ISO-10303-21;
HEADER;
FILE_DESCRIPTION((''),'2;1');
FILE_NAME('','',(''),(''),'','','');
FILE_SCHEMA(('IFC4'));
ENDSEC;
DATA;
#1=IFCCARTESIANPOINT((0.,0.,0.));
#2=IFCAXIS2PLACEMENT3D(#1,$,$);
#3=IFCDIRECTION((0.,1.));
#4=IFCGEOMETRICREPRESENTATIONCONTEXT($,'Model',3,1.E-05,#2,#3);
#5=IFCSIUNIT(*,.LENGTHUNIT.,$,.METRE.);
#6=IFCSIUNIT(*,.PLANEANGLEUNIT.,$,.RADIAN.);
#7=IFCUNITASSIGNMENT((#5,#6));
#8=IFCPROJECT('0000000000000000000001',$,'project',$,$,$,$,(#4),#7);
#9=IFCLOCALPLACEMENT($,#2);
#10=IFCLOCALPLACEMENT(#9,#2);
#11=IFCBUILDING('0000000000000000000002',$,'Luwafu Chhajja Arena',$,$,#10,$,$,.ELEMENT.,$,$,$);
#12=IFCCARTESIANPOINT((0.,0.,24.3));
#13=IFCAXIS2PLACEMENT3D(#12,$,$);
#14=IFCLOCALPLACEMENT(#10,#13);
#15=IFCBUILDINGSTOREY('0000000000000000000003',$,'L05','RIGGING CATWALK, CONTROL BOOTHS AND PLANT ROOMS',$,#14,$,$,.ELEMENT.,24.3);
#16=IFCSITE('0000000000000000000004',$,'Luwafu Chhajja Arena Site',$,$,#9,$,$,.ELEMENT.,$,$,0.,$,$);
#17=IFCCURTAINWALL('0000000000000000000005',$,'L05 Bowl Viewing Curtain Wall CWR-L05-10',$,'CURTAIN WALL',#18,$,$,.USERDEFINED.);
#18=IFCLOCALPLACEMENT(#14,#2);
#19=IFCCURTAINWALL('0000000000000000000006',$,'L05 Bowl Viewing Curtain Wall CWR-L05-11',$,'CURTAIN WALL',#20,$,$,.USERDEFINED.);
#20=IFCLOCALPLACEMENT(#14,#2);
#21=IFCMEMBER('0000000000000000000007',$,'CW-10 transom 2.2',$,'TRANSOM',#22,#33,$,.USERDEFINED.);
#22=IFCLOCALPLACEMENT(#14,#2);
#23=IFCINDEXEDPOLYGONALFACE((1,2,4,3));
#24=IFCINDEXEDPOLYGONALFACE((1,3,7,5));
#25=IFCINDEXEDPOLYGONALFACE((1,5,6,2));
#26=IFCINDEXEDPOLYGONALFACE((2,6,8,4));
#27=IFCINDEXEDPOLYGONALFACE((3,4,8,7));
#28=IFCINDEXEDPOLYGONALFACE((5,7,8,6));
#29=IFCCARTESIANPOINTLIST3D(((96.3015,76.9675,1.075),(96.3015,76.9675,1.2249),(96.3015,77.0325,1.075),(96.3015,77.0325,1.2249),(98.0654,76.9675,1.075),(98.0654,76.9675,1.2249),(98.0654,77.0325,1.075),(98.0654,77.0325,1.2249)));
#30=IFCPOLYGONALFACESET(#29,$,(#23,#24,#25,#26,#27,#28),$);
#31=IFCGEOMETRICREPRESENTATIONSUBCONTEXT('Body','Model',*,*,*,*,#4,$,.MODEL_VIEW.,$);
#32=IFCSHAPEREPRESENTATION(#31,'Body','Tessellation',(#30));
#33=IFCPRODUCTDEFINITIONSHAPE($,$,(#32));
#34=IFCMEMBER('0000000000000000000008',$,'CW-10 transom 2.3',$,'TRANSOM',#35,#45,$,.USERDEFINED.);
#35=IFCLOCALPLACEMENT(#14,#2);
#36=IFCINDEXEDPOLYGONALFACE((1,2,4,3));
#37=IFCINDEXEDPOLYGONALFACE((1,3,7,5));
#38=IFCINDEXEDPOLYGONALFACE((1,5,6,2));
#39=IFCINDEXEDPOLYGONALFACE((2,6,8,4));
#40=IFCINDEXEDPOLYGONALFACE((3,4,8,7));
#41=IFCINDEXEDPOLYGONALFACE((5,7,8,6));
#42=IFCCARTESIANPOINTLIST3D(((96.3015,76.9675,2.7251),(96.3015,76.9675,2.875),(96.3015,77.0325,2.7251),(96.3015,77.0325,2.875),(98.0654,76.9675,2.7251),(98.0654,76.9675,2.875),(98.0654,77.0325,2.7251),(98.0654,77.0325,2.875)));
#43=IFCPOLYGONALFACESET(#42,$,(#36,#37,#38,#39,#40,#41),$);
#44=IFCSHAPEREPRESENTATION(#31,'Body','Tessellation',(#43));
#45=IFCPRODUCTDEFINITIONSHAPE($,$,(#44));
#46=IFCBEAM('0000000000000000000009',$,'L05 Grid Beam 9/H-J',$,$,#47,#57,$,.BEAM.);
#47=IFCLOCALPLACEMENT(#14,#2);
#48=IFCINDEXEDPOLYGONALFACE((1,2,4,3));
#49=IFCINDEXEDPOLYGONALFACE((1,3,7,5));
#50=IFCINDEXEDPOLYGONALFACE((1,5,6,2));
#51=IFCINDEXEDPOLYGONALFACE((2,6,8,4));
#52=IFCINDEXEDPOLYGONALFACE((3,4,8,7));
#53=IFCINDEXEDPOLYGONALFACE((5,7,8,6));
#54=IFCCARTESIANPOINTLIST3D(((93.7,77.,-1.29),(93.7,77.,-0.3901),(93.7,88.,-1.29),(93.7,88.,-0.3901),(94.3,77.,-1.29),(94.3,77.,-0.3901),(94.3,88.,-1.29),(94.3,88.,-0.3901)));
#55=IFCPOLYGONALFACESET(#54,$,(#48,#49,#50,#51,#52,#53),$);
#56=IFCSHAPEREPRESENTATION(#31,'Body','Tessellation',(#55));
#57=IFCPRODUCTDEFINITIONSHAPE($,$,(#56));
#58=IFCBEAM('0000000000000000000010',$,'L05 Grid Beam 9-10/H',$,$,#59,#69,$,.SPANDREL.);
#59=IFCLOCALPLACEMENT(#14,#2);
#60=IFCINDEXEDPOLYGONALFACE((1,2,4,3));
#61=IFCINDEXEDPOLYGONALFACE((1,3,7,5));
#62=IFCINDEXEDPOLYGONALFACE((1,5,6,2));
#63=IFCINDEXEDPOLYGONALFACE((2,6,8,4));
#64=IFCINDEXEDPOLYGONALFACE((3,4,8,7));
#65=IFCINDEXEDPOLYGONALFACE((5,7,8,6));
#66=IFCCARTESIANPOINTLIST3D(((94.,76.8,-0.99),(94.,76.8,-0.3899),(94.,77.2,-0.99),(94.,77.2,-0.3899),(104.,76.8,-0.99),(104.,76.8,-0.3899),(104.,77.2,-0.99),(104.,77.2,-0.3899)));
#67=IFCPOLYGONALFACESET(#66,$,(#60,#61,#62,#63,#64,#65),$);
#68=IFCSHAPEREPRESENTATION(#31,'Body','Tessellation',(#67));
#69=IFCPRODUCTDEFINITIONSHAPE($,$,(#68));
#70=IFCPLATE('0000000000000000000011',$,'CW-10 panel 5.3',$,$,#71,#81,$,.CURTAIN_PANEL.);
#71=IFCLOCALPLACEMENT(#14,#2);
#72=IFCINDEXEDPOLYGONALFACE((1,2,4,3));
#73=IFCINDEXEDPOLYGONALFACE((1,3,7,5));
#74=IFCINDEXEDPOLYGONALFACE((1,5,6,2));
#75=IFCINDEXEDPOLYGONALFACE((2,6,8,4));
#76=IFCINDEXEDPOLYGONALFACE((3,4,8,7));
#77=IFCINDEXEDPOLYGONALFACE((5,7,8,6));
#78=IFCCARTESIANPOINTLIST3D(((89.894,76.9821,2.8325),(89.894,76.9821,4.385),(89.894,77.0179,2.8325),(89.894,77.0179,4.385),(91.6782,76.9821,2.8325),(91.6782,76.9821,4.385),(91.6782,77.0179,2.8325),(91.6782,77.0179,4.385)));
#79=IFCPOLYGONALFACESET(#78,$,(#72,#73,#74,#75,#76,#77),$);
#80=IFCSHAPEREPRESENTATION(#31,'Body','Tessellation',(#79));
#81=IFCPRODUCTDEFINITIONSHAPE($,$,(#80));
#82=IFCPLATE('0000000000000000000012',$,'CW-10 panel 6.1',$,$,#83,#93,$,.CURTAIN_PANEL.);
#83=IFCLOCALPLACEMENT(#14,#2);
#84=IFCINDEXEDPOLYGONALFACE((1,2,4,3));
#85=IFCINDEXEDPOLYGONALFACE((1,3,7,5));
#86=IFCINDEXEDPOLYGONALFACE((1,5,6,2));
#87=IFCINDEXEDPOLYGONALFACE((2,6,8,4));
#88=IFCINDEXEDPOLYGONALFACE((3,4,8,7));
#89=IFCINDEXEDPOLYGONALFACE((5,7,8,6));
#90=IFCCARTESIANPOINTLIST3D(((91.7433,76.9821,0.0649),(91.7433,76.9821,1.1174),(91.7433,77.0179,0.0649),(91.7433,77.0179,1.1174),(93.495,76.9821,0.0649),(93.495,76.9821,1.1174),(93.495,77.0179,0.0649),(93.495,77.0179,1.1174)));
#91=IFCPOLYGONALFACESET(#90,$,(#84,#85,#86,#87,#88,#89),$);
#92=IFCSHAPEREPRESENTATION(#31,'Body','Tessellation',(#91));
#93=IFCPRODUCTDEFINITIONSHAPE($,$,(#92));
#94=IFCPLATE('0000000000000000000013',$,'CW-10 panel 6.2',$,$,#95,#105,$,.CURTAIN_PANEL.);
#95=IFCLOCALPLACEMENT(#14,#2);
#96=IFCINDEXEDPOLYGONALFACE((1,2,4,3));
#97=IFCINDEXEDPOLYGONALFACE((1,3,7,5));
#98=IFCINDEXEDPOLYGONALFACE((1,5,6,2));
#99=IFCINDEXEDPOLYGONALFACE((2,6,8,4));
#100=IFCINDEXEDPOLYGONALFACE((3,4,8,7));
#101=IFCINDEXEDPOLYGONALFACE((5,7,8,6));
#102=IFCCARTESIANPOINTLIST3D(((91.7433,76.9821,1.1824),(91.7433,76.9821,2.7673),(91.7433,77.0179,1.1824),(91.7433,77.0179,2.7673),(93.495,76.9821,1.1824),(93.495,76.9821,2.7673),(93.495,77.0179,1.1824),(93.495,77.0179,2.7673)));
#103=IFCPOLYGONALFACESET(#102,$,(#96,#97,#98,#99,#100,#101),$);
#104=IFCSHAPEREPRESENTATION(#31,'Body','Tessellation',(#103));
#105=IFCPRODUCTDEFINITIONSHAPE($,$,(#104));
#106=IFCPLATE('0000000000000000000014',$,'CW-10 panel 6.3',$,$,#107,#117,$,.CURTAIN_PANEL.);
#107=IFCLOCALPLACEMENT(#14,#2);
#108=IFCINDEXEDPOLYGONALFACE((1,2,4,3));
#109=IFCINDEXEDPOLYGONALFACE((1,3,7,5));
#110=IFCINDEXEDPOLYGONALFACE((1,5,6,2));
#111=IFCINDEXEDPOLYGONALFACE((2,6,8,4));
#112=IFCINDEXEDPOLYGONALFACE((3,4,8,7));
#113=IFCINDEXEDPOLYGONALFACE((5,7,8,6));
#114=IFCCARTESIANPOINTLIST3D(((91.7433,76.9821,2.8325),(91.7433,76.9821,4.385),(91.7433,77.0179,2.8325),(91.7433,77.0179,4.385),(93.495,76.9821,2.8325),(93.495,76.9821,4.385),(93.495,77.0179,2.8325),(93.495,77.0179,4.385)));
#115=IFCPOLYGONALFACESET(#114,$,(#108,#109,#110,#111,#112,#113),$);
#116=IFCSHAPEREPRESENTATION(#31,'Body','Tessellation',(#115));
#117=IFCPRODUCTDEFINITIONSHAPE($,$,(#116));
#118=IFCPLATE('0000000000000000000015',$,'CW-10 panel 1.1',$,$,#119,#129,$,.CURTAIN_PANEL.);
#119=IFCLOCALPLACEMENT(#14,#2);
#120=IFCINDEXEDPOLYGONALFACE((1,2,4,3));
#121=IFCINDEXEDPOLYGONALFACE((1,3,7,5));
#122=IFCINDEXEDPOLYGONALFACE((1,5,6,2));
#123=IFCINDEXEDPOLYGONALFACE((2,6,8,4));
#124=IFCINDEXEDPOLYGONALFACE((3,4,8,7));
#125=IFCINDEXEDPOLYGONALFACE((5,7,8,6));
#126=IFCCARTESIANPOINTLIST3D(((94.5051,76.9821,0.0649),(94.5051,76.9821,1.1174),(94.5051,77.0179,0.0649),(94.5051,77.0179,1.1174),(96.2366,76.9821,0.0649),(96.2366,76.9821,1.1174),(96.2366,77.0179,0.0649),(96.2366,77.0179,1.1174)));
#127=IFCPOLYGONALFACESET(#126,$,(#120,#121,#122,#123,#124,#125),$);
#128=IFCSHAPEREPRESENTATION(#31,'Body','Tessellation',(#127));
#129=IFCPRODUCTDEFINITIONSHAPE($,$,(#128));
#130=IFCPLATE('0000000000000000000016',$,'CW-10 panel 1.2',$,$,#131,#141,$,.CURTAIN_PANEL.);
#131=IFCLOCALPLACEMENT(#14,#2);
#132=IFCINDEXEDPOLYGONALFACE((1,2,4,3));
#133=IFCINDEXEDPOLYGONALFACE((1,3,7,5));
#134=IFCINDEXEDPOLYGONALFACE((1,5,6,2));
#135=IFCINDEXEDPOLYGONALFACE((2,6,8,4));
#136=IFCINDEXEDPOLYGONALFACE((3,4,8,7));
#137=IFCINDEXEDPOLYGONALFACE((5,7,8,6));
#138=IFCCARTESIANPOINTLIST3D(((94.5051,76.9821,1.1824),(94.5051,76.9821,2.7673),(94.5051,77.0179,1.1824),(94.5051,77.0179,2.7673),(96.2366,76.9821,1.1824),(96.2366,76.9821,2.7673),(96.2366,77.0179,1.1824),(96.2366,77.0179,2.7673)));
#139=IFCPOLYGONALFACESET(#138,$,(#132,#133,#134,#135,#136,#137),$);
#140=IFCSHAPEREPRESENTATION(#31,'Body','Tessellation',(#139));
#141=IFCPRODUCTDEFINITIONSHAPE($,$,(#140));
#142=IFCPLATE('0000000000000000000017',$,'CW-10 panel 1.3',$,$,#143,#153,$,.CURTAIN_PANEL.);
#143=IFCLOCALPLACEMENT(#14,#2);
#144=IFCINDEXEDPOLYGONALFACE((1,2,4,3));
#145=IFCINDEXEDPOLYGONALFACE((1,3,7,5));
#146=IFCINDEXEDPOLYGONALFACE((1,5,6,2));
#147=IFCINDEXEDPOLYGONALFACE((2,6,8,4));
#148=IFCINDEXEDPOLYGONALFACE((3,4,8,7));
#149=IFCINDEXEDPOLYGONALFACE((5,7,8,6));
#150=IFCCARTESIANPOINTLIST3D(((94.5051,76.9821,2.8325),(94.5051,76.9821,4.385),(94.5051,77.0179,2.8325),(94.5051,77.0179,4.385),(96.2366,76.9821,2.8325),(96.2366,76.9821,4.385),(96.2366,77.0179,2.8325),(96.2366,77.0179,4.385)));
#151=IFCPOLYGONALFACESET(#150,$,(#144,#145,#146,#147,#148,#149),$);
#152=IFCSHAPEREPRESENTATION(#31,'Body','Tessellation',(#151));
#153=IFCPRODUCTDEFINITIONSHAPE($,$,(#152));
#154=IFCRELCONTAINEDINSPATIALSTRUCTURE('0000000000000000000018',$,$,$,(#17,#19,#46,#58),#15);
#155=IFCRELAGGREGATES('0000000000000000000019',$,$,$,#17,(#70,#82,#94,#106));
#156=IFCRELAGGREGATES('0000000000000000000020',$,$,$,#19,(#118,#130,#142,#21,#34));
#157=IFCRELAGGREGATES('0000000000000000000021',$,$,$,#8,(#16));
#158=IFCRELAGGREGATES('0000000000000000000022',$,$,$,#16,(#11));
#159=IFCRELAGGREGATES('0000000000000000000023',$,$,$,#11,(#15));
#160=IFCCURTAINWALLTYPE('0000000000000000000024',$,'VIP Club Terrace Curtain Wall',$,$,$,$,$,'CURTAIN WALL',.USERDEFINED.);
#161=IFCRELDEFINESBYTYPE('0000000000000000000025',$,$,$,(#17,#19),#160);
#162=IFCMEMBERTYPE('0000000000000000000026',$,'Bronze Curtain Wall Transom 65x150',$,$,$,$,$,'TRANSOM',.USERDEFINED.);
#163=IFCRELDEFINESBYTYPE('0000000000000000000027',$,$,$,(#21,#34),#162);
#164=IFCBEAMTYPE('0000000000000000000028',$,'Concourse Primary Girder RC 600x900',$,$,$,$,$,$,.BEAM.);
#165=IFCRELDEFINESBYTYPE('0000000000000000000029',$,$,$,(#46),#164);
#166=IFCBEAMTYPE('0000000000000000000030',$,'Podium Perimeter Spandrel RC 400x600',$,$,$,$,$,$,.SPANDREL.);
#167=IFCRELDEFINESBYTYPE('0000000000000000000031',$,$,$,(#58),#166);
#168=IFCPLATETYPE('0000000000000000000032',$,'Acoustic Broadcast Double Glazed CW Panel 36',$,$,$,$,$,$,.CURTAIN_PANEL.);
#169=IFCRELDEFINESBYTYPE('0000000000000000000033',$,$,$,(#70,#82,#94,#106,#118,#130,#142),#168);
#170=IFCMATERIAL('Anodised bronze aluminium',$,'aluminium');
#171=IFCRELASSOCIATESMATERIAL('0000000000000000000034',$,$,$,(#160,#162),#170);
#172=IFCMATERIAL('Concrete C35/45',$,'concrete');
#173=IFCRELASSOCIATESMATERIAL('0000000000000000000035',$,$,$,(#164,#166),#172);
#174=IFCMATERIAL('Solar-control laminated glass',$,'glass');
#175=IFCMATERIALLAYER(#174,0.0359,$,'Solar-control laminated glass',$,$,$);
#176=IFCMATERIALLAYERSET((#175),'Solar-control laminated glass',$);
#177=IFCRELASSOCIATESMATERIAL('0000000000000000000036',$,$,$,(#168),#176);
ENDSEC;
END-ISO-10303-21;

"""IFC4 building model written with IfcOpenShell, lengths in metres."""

from ifc_helpers import new_model, si_unit, direction, frame, origin, origin_2d, place, context, subcontext, project, spatial, rectangle, extrude, material, layer, layer_set, material_profile, profile_set, type_object, element, aggregate, save


model = new_model("IFC4")

# Units and contexts
model_context = context("Model", 3, precision=1e-05, world=origin(), true_north=direction((0.0, 1.0)))
body_context = subcontext(model_context, "Body", "Model", "MODEL_VIEW")
ifc_project = project(units=[si_unit("LENGTHUNIT", "METRE"), si_unit("PLANEANGLEUNIT", "RADIAN")], contexts=[model_context])

# Site, building, storey
site_placement = place(None, origin())
site = spatial("IfcSite", under=ifc_project, at=site_placement, Name="Luwafu Chhajja Arena Site", CompositionType="ELEMENT", RefElevation=0.0)
building_placement = place(site_placement, origin())
building = spatial("IfcBuilding", under=site, at=building_placement, Name="Luwafu Chhajja Arena", CompositionType="ELEMENT")
storey_placement = place(building_placement, frame((0.0, 0.0, 24.3)))
storey = spatial("IfcBuildingStorey", under=building, at=storey_placement, Name="L05", Description="RIGGING CATWALK, CONTROL BOOTHS AND PLANT ROOMS", CompositionType="ELEMENT", Elevation=24.3)

# Shared definitions
ifc_material_1 = material(Name="Concrete C35/45", Category="concrete")

# Curtain walls
ifc_material_2 = material(Name="Anodised bronze aluminium", Category="aluminium")
curtain_wall_type = type_object("IfcCurtainWallType", Name="VIP Club Terrace Curtain Wall", ElementType="CURTAIN WALL", PredefinedType="USERDEFINED", material=ifc_material_2)
curtain_wall_1_placement = place(storey_placement, origin())
curtain_wall_1 = element("IfcCurtainWall", 1, at=curtain_wall_1_placement, inside=storey, type_object=curtain_wall_type, Name="L05 Bowl Viewing Curtain Wall CWR-L05-10", ObjectType="CURTAIN WALL", PredefinedType="USERDEFINED")
curtain_wall_2_placement = place(storey_placement, origin())
curtain_wall_2 = element("IfcCurtainWall", 2, at=curtain_wall_2_placement, inside=storey, type_object=curtain_wall_type, Name="L05 Bowl Viewing Curtain Wall CWR-L05-11", ObjectType="CURTAIN WALL", PredefinedType="USERDEFINED")

# Members
ifc_material_profile_1 = material_profile(ifc_material_2, rectangle(XDim=0.0649, YDim=0.1499, at=origin_2d()), Name="CWT 65x150")
ifc_profile_set_1 = profile_set([ifc_material_profile_1], Name="Anodised bronze aluminium")
member_type_1 = type_object("IfcMemberType", Name="Bronze Curtain Wall Transom 65x150", ElementType="TRANSOM", PredefinedType="USERDEFINED", material=ifc_profile_set_1)
member_1_placement = place(storey_placement, frame((96.3015, 77.0, 1.1499), z_axis=(1.0, 0.0, 0.0), x_axis=(0.0, 1.0, 0.0)))
member_1 = element("IfcMember", 3, at=member_1_placement, type_object=member_type_1, Name="CW-10 transom 2.2", ObjectType="TRANSOM", PredefinedType="USERDEFINED", context=body_context, shape_type="SweptSolid", body=[
    extrude(rectangle(XDim=0.0649, YDim=0.1499, at=origin_2d()), origin(), (0.0, 0.0, 1.0), 1.7639),
])
member_2_placement = place(storey_placement, frame((96.3015, 77.0, 2.8), z_axis=(1.0, 0.0, 0.0), x_axis=(0.0, 1.0, 0.0)))
member_2 = element("IfcMember", 4, at=member_2_placement, type_object=member_type_1, Name="CW-10 transom 2.3", ObjectType="TRANSOM", PredefinedType="USERDEFINED", context=body_context, shape_type="SweptSolid", body=[
    extrude(rectangle(XDim=0.0649, YDim=0.1499, at=origin_2d()), origin(), (0.0, 0.0, 1.0), 1.7639),
])

# Beams
ifc_material_profile_2 = material_profile(ifc_material_1, rectangle(XDim=0.6001, YDim=0.8999, at=origin_2d()), Name="RC 600x900")
ifc_profile_set_2 = profile_set([ifc_material_profile_2], Name="Concrete C35/45")
beam_type_1 = type_object("IfcBeamType", Name="Concourse Primary Girder RC 600x900", PredefinedType="BEAM", material=ifc_profile_set_2)
beam_1_placement = place(storey_placement, frame((94.0, 77.0, -0.8401), z_axis=(0.0, 1.0, 0.0), x_axis=(-1.0, 0.0, 0.0)))
element("IfcBeam", 5, at=beam_1_placement, inside=storey, type_object=beam_type_1, Name="L05 Grid Beam 9/H-J", PredefinedType="BEAM", context=body_context, shape_type="SweptSolid", body=[
    extrude(rectangle(XDim=0.6001, YDim=0.8999, at=origin_2d()), origin(), (0.0, 0.0, 1.0), 11.0),
])
ifc_material_profile_3 = material_profile(ifc_material_1, rectangle(XDim=0.3999, YDim=0.6001, at=origin_2d()), Name="RC 400x600")
ifc_profile_set_3 = profile_set([ifc_material_profile_3], Name="Concrete C35/45")
beam_type_2 = type_object("IfcBeamType", Name="Podium Perimeter Spandrel RC 400x600", PredefinedType="SPANDREL", material=ifc_profile_set_3)
beam_2_placement = place(storey_placement, frame((94.0, 77.0, -0.6899), z_axis=(1.0, 0.0, 0.0), x_axis=(0.0, 1.0, 0.0)))
element("IfcBeam", 6, at=beam_2_placement, inside=storey, type_object=beam_type_2, Name="L05 Grid Beam 9-10/H", PredefinedType="SPANDREL", context=body_context, shape_type="SweptSolid", body=[
    extrude(rectangle(XDim=0.3999, YDim=0.6001, at=origin_2d()), origin(), (0.0, 0.0, 1.0), 10.0),
])

# Plates
ifc_material_3 = material(Name="Solar-control laminated glass", Category="glass")
ifc_layer = layer(ifc_material_3, 0.0359, Name="Solar-control laminated glass")
ifc_layer_set = layer_set([ifc_layer], Name="Solar-control laminated glass")
plate_type = type_object("IfcPlateType", Name="Acoustic Broadcast Double Glazed CW Panel 36", PredefinedType="CURTAIN_PANEL", material=ifc_layer_set)
plate_1_placement = place(storey_placement, frame((90.7861, 77.0, 2.8325), z_axis=(0.0, 0.0, 1.0), x_axis=(1.0, 0.0, 0.0)))
plate_1 = element("IfcPlate", 7, at=plate_1_placement, type_object=plate_type, Name="CW-10 panel 5.3", PredefinedType="CURTAIN_PANEL", context=body_context, shape_type="SweptSolid", body=[
    extrude(rectangle(XDim=1.7842, YDim=0.0359, at=origin_2d()), origin(), (0.0, 0.0, 1.0), 1.5525),
])
plate_2_placement = place(storey_placement, frame((92.6191, 77.0, 0.0649), z_axis=(0.0, 0.0, 1.0), x_axis=(1.0, 0.0, 0.0)))
plate_2 = element("IfcPlate", 8, at=plate_2_placement, type_object=plate_type, Name="CW-10 panel 6.1", PredefinedType="CURTAIN_PANEL", context=body_context, shape_type="SweptSolid", body=[
    extrude(rectangle(XDim=1.7517, YDim=0.0359, at=origin_2d()), origin(), (0.0, 0.0, 1.0), 1.0525),
])
plate_3_placement = place(storey_placement, frame((92.6191, 77.0, 1.1824), z_axis=(0.0, 0.0, 1.0), x_axis=(1.0, 0.0, 0.0)))
plate_3 = element("IfcPlate", 9, at=plate_3_placement, type_object=plate_type, Name="CW-10 panel 6.2", PredefinedType="CURTAIN_PANEL", context=body_context, shape_type="SweptSolid", body=[
    extrude(rectangle(XDim=1.7517, YDim=0.0359, at=origin_2d()), origin(), (0.0, 0.0, 1.0), 1.585),
])
plate_4_placement = place(storey_placement, frame((92.6191, 77.0, 2.8325), z_axis=(0.0, 0.0, 1.0), x_axis=(1.0, 0.0, 0.0)))
plate_4 = element("IfcPlate", 10, at=plate_4_placement, type_object=plate_type, Name="CW-10 panel 6.3", PredefinedType="CURTAIN_PANEL", context=body_context, shape_type="SweptSolid", body=[
    extrude(rectangle(XDim=1.7517, YDim=0.0359, at=origin_2d()), origin(), (0.0, 0.0, 1.0), 1.5525),
])
aggregate(curtain_wall_1, [plate_1, plate_2, plate_3, plate_4])
plate_5_placement = place(storey_placement, frame((95.3708, 77.0, 0.0649), z_axis=(0.0, 0.0, 1.0), x_axis=(1.0, 0.0, 0.0)))
plate_5 = element("IfcPlate", 11, at=plate_5_placement, type_object=plate_type, Name="CW-10 panel 1.1", PredefinedType="CURTAIN_PANEL", context=body_context, shape_type="SweptSolid", body=[
    extrude(rectangle(XDim=1.7314, YDim=0.0359, at=origin_2d()), origin(), (0.0, 0.0, 1.0), 1.0525),
])
plate_6_placement = place(storey_placement, frame((95.3708, 77.0, 1.1824), z_axis=(0.0, 0.0, 1.0), x_axis=(1.0, 0.0, 0.0)))
plate_6 = element("IfcPlate", 12, at=plate_6_placement, type_object=plate_type, Name="CW-10 panel 1.2", PredefinedType="CURTAIN_PANEL", context=body_context, shape_type="SweptSolid", body=[
    extrude(rectangle(XDim=1.7314, YDim=0.0359, at=origin_2d()), origin(), (0.0, 0.0, 1.0), 1.585),
])
plate_7_placement = place(storey_placement, frame((95.3708, 77.0, 2.8325), z_axis=(0.0, 0.0, 1.0), x_axis=(1.0, 0.0, 0.0)))
plate_7 = element("IfcPlate", 13, at=plate_7_placement, type_object=plate_type, Name="CW-10 panel 1.3", PredefinedType="CURTAIN_PANEL", context=body_context, shape_type="SweptSolid", body=[
    extrude(rectangle(XDim=1.7314, YDim=0.0359, at=origin_2d()), origin(), (0.0, 0.0, 1.0), 1.5525),
])
aggregate(curtain_wall_2, [plate_5, plate_6, plate_7, member_1, member_2])

save(model, "model.ifc")
